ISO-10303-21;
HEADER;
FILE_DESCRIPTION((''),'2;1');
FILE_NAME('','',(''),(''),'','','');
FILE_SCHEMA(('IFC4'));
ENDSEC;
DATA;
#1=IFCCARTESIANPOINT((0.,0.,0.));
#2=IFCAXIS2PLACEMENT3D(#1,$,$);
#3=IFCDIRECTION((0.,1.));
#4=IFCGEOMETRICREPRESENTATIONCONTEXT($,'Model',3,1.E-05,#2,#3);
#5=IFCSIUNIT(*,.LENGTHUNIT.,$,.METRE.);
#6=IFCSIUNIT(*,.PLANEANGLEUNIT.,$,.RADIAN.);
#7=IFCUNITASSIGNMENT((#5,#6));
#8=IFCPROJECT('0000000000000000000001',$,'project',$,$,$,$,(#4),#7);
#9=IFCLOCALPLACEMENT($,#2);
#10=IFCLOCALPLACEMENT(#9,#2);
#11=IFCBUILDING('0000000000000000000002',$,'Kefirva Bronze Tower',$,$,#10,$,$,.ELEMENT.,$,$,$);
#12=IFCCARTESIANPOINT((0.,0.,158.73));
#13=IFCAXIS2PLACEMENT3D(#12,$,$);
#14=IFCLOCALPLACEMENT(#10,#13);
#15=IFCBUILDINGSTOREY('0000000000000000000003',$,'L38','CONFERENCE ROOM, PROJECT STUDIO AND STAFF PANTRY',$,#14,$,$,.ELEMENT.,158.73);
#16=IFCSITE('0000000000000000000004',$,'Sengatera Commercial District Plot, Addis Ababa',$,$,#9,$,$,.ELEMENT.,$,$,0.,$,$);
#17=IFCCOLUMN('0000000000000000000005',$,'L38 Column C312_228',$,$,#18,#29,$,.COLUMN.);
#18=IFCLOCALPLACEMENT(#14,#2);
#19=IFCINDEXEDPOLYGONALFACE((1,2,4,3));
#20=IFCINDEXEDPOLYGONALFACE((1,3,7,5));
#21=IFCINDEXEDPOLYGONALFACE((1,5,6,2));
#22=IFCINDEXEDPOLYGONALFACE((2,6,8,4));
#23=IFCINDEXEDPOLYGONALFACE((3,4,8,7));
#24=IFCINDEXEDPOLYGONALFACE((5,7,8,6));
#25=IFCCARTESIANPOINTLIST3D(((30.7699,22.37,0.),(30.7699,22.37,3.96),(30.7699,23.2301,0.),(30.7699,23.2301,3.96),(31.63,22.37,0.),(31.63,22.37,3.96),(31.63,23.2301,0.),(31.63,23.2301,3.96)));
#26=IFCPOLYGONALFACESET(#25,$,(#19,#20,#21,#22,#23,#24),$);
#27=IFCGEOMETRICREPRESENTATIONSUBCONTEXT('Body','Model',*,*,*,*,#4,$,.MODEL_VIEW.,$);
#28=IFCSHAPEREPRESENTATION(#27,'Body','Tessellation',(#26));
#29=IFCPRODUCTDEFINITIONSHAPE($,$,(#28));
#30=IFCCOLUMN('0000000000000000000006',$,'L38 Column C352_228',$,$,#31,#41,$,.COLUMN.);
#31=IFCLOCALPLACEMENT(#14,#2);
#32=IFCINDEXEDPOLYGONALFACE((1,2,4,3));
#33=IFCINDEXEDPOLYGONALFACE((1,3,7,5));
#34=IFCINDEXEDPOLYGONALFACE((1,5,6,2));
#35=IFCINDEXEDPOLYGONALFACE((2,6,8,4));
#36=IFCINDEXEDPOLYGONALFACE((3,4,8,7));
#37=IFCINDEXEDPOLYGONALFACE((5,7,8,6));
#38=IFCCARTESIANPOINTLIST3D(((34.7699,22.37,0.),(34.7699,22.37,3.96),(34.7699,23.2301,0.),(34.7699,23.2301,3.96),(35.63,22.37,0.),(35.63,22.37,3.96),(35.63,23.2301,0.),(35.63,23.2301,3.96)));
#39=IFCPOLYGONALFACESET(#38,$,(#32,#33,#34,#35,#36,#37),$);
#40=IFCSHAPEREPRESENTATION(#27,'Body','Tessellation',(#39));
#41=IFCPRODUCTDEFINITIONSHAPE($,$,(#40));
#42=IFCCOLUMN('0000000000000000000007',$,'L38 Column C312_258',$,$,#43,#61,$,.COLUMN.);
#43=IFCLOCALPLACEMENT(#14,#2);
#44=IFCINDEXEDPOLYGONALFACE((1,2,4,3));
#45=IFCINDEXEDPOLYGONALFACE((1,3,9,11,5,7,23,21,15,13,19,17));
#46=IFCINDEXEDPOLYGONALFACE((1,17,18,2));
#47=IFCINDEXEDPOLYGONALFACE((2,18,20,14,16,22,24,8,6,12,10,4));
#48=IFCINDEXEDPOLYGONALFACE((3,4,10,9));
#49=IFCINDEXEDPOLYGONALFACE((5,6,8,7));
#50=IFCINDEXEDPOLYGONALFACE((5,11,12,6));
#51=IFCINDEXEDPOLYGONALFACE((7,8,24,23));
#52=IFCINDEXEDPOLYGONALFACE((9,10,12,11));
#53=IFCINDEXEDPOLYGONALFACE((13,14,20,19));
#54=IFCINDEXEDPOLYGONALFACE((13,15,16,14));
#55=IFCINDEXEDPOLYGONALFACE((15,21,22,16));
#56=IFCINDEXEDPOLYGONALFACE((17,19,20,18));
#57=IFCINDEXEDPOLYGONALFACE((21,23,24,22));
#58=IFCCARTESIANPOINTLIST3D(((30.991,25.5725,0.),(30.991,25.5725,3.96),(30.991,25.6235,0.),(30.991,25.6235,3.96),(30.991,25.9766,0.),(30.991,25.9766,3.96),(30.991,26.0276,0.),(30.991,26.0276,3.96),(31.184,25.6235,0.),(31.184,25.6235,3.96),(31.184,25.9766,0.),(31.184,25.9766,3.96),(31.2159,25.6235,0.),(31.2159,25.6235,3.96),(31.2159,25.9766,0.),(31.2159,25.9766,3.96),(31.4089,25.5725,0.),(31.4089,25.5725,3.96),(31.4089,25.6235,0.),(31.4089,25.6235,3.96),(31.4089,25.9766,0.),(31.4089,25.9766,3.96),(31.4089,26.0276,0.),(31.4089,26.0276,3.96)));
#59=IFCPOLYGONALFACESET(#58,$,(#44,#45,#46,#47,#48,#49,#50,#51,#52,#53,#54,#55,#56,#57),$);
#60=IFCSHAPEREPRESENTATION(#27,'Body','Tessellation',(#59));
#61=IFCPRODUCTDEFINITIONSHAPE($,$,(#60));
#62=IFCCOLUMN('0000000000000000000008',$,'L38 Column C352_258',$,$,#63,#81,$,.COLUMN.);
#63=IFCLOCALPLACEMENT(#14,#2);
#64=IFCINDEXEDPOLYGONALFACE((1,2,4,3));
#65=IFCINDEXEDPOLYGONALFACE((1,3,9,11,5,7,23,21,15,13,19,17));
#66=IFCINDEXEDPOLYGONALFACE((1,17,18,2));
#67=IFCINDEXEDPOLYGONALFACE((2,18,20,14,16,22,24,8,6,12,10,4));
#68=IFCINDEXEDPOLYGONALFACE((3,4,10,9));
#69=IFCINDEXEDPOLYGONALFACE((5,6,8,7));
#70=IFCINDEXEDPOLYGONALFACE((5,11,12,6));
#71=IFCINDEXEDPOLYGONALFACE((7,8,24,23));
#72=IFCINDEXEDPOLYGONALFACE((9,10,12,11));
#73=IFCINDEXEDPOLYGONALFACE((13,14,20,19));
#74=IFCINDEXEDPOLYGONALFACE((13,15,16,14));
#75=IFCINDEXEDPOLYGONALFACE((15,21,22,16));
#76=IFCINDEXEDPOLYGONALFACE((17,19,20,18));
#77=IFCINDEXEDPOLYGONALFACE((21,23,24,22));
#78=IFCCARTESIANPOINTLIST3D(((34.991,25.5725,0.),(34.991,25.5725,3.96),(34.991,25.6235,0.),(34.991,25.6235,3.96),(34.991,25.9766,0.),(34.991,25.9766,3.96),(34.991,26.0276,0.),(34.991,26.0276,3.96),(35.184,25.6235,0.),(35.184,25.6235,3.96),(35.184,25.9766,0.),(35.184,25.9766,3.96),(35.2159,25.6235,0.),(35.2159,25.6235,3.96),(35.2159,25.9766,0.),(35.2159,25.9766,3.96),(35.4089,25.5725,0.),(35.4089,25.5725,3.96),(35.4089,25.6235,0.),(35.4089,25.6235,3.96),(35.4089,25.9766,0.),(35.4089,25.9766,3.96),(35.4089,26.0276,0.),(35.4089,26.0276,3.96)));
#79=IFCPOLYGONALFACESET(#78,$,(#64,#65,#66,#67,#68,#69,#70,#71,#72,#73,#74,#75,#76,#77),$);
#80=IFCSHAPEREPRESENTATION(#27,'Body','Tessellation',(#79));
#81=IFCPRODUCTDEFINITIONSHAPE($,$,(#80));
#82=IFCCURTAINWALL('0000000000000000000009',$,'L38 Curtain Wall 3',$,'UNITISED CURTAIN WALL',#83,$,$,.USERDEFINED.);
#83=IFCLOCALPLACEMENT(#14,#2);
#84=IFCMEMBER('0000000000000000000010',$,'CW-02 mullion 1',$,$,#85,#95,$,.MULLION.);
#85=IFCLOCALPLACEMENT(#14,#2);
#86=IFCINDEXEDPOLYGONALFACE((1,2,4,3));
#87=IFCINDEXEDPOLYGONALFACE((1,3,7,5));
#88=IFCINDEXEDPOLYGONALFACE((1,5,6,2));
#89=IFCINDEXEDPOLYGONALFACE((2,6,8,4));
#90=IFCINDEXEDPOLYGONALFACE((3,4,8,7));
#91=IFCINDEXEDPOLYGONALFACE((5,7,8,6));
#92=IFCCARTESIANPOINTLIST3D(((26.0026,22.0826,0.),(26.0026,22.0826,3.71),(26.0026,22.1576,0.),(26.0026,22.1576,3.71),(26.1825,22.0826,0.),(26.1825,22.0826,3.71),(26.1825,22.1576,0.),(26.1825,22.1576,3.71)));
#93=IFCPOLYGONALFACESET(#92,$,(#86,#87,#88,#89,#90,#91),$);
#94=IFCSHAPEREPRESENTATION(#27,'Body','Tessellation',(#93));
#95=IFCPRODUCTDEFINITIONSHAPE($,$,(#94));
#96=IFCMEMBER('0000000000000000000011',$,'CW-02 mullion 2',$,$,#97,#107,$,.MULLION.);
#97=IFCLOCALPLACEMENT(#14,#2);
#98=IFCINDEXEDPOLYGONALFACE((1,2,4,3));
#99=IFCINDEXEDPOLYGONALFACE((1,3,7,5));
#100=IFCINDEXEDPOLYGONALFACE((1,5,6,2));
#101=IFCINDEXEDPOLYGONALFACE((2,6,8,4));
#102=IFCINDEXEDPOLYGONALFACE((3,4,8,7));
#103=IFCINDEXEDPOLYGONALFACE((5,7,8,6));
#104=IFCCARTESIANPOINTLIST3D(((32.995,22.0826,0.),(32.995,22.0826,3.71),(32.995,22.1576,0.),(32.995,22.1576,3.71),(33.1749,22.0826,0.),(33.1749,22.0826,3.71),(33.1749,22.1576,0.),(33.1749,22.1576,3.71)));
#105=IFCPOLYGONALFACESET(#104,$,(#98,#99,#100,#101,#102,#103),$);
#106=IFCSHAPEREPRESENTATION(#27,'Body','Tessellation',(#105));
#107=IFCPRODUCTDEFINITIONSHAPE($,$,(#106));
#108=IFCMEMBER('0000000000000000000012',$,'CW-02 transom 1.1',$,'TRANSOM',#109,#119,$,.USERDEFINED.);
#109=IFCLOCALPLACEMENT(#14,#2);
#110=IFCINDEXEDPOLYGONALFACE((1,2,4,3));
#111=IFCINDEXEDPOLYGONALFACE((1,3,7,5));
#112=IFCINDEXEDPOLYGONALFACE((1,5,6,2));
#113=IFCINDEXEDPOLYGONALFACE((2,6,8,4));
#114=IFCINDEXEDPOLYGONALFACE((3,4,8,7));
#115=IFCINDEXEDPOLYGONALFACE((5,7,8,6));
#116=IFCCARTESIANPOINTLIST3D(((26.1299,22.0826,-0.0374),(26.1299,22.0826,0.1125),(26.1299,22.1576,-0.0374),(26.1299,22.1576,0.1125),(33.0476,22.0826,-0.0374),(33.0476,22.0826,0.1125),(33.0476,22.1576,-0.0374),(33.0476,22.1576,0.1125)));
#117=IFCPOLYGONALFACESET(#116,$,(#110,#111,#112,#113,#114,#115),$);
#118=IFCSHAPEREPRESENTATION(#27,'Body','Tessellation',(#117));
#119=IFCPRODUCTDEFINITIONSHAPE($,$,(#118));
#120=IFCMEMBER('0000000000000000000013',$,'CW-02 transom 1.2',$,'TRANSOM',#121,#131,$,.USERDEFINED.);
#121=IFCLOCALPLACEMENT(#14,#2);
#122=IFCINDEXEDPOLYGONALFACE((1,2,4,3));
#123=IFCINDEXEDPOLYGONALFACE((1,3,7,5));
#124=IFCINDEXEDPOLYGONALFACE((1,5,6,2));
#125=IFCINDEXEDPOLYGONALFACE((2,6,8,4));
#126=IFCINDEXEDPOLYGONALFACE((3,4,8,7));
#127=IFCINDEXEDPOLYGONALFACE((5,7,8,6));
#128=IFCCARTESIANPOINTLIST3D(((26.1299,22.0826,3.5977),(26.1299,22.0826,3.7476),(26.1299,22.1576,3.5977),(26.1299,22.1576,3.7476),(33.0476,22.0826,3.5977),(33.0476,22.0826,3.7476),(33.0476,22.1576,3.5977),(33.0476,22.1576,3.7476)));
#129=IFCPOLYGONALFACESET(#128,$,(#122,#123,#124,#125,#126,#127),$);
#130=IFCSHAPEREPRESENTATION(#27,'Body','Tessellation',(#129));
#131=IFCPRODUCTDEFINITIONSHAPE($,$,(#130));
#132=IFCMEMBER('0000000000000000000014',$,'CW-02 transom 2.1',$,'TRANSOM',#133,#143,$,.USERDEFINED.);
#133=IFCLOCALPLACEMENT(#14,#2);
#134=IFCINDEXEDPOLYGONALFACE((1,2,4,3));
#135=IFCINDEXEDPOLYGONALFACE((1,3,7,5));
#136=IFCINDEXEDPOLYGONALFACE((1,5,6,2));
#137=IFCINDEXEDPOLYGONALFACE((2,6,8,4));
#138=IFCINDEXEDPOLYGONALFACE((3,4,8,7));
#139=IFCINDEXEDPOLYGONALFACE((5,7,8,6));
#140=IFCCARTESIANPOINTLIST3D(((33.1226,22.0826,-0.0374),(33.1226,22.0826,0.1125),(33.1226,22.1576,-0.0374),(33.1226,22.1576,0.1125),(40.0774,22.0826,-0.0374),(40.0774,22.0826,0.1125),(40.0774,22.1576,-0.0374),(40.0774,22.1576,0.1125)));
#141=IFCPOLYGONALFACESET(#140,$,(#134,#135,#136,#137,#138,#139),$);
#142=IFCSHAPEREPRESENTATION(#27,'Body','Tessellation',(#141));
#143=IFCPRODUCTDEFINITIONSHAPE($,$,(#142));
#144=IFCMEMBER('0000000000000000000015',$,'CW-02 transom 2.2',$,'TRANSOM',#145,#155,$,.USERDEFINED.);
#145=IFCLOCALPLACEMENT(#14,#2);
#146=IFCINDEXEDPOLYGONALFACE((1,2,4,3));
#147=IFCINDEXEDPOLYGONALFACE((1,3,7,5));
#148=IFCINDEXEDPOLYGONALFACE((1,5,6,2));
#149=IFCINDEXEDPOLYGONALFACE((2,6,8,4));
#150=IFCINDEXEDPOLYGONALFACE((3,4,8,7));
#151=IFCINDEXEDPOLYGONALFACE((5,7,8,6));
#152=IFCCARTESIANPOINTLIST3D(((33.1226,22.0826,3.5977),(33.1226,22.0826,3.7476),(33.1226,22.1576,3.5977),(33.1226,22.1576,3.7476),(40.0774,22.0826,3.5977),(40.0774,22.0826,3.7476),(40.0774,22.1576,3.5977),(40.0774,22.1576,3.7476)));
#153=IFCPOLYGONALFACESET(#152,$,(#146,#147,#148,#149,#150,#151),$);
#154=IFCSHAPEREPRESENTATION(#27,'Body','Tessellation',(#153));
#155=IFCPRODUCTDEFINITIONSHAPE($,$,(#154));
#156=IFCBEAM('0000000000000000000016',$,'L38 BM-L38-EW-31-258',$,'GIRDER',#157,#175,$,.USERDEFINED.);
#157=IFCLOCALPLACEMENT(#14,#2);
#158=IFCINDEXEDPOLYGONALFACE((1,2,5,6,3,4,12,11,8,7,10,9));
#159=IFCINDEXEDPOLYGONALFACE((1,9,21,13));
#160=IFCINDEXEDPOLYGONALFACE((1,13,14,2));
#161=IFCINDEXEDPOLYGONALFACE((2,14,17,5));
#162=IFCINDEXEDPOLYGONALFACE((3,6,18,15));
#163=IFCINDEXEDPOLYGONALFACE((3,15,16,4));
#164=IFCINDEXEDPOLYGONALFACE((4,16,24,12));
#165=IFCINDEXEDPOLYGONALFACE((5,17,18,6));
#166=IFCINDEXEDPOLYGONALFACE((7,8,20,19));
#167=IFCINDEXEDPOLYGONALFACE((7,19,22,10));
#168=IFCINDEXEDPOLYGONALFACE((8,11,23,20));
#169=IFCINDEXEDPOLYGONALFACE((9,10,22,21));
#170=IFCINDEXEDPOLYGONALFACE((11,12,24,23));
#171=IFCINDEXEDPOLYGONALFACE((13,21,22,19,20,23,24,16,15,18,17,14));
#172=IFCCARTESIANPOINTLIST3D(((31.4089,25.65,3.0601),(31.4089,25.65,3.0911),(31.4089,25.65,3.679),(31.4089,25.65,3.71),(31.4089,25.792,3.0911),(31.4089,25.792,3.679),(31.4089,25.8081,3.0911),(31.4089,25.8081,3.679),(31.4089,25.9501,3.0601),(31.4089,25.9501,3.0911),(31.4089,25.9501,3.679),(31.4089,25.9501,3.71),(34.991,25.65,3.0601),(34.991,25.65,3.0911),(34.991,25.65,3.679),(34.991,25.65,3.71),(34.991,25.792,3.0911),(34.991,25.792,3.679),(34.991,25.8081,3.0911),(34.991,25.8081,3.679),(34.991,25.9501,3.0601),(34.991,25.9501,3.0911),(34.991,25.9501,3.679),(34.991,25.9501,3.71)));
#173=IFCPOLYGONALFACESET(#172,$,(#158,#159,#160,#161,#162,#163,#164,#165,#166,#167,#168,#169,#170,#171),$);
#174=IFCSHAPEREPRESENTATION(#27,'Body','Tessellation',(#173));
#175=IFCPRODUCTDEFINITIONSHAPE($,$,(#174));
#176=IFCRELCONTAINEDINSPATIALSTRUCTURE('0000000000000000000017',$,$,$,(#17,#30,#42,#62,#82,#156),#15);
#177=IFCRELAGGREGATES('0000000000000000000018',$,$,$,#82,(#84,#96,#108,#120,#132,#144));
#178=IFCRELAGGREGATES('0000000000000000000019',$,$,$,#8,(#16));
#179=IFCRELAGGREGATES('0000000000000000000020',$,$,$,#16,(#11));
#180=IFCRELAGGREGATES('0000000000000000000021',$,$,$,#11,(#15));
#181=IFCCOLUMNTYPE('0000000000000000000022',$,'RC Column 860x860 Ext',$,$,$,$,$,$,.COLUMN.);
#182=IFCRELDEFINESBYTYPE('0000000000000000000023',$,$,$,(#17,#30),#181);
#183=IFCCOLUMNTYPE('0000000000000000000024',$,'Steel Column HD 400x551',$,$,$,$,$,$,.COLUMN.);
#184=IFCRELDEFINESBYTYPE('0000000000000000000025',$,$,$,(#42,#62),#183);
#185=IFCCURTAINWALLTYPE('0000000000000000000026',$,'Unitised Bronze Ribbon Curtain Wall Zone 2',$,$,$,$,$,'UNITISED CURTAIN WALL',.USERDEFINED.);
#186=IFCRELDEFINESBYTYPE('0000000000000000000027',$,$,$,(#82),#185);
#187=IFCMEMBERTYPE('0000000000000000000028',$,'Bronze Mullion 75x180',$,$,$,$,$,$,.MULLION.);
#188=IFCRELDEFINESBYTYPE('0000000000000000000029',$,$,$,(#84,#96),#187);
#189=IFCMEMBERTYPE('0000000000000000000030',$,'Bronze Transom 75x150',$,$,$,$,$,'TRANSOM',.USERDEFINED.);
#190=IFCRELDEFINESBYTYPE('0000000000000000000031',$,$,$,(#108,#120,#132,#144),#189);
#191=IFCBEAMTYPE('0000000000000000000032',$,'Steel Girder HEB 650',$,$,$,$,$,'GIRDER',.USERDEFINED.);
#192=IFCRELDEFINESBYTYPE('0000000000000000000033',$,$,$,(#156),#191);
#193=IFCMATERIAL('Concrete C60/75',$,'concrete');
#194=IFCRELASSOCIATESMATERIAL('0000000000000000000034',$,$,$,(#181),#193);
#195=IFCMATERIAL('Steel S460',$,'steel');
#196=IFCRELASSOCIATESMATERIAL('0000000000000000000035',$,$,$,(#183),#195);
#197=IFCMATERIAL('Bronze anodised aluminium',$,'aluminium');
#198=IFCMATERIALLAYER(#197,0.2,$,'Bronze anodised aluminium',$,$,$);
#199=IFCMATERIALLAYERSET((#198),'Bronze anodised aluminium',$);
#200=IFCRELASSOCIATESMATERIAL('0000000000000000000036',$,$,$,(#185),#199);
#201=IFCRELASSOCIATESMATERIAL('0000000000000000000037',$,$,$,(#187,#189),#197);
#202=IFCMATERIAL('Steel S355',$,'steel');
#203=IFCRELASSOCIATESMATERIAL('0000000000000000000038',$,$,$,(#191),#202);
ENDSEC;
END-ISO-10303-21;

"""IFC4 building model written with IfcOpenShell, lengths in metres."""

from ifc_helpers import new_model, si_unit, direction, frame, origin, origin_2d, place, context, subcontext, project, spatial, rectangle, i_section, extrude, material, layer, layer_set, material_profile, profile_set, type_object, element, aggregate, save


model = new_model("IFC4")

# Units and contexts
model_context = context("Model", 3, precision=1e-05, world=origin(), true_north=direction((0.0, 1.0)))
body_context = subcontext(model_context, "Body", "Model", "MODEL_VIEW")
ifc_project = project(units=[si_unit("LENGTHUNIT", "METRE"), si_unit("PLANEANGLEUNIT", "RADIAN")], contexts=[model_context])

# Site, building, storey
site_placement = place(None, origin())
site = spatial("IfcSite", under=ifc_project, at=site_placement, Name="Sengatera Commercial District Plot, Addis Ababa", CompositionType="ELEMENT", RefElevation=0.0)
building_placement = place(site_placement, origin())
building = spatial("IfcBuilding", under=site, at=building_placement, Name="Kefirva Bronze Tower", CompositionType="ELEMENT")
storey_placement = place(building_placement, frame((0.0, 0.0, 158.73)))
storey = spatial("IfcBuildingStorey", under=building, at=storey_placement, Name="L38", Description="CONFERENCE ROOM, PROJECT STUDIO AND STAFF PANTRY", CompositionType="ELEMENT", Elevation=158.73)

# Columns
ifc_material_1 = material(Name="Concrete C60/75", Category="concrete")
ifc_material_profile_1 = material_profile(ifc_material_1, rectangle(XDim=0.8601, YDim=0.8601, at=origin_2d()), Name="RC 860x860")
ifc_profile_set_1 = profile_set([ifc_material_profile_1], Name="Concrete C60/75")
column_type_1 = type_object("IfcColumnType", Name="RC Column 860x860 Ext", PredefinedType="COLUMN", material=ifc_profile_set_1)
for number, where, z_axis, x_axis, name in (
    (1, (31.2, 22.8, 0.0), (0.0, 0.0, 1.0), (1.0, 0.0, 0.0), "L38 Column C312_228"),
    (2, (35.2, 22.8, 0.0), (0.0, 0.0, 1.0), (1.0, 0.0, 0.0), "L38 Column C352_228"),
):
    element("IfcColumn", number, at=place(storey_placement, frame(where, z_axis=z_axis, x_axis=x_axis)), inside=storey, type_object=column_type_1, Name=name, PredefinedType="COLUMN", context=body_context, shape_type="SweptSolid", body=[
        extrude(rectangle(XDim=0.8601, YDim=0.8601, at=origin_2d()), origin(), (0.0, 0.0, 1.0), 3.96),
    ])
ifc_material_2 = material(Name="Steel S460", Category="steel")
ifc_material_profile_2 = material_profile(ifc_material_2, i_section(OverallWidth=0.418, OverallDepth=0.4551, WebThickness=0.032, FlangeThickness=0.051, at=origin_2d()), Name="HD 400x551")
ifc_profile_set_2 = profile_set([ifc_material_profile_2], Name="Steel S460")
column_type_2 = type_object("IfcColumnType", Name="Steel Column HD 400x551", PredefinedType="COLUMN", material=ifc_profile_set_2)
for number, where, z_axis, x_axis, name in (
    (3, (31.2, 25.8, 0.0), (0.0, 0.0, 1.0), (1.0, 0.0, 0.0), "L38 Column C312_258"),
    (4, (35.2, 25.8, 0.0), (0.0, 0.0, 1.0), (1.0, 0.0, 0.0), "L38 Column C352_258"),
):
    element("IfcColumn", number, at=place(storey_placement, frame(where, z_axis=z_axis, x_axis=x_axis)), inside=storey, type_object=column_type_2, Name=name, PredefinedType="COLUMN", context=body_context, shape_type="SweptSolid", body=[
        extrude(i_section(OverallWidth=0.418, OverallDepth=0.4551, WebThickness=0.032, FlangeThickness=0.051, at=origin_2d()), origin(), (0.0, 0.0, 1.0), 3.96),
    ])

# Curtain wall, members
ifc_material_3 = material(Name="Bronze anodised aluminium", Category="aluminium")
ifc_layer_1 = layer(ifc_material_3, 0.2, Name="Bronze anodised aluminium")
ifc_layer_set_1 = layer_set([ifc_layer_1], Name="Bronze anodised aluminium")
curtain_wall_type = type_object("IfcCurtainWallType", Name="Unitised Bronze Ribbon Curtain Wall Zone 2", ElementType="UNITISED CURTAIN WALL", PredefinedType="USERDEFINED", material=ifc_layer_set_1)
curtain_wall_placement = place(storey_placement, origin())
curtain_wall = element("IfcCurtainWall", 5, at=curtain_wall_placement, inside=storey, type_object=curtain_wall_type, Name="L38 Curtain Wall 3", ObjectType="UNITISED CURTAIN WALL", PredefinedType="USERDEFINED")
ifc_material_profile_3 = material_profile(ifc_material_3, rectangle(XDim=0.075, YDim=0.1799, at=origin_2d()), Name="ALU 75x180")
ifc_profile_set_3 = profile_set([ifc_material_profile_3], Name="Bronze anodised aluminium")
member_type_1 = type_object("IfcMemberType", Name="Bronze Mullion 75x180", PredefinedType="MULLION", material=ifc_profile_set_3)
member_1_placement = place(storey_placement, frame((26.0925, 22.1201, 0.0), z_axis=(0.0, 0.0, 1.0), x_axis=(0.0, 1.0, 0.0)))
member_1 = element("IfcMember", 6, at=member_1_placement, type_object=member_type_1, Name="CW-02 mullion 1", PredefinedType="MULLION", context=body_context, shape_type="SweptSolid", body=[
    extrude(rectangle(XDim=0.075, YDim=0.1799, at=origin_2d()), origin(), (0.0, 0.0, 1.0), 3.71),
])
member_2_placement = place(storey_placement, frame((33.085, 22.1201, 0.0), z_axis=(0.0, 0.0, 1.0), x_axis=(0.0, 1.0, 0.0)))
member_2 = element("IfcMember", 7, at=member_2_placement, type_object=member_type_1, Name="CW-02 mullion 2", PredefinedType="MULLION", context=body_context, shape_type="SweptSolid", body=[
    extrude(rectangle(XDim=0.075, YDim=0.1799, at=origin_2d()), origin(), (0.0, 0.0, 1.0), 3.71),
])
ifc_material_profile_4 = material_profile(ifc_material_3, rectangle(XDim=0.075, YDim=0.1499, at=origin_2d()), Name="ALU 75x150")
ifc_profile_set_4 = profile_set([ifc_material_profile_4], Name="Bronze anodised aluminium")
member_type_2 = type_object("IfcMemberType", Name="Bronze Transom 75x150", ElementType="TRANSOM", PredefinedType="USERDEFINED", material=ifc_profile_set_4)
member_3_placement = place(storey_placement, frame((26.1299, 22.1201, 0.0376), z_axis=(1.0, 0.0, 0.0), x_axis=(0.0, 1.0, 0.0)))
member_3 = element("IfcMember", 8, at=member_3_placement, type_object=member_type_2, Name="CW-02 transom 1.1", ObjectType="TRANSOM", PredefinedType="USERDEFINED", context=body_context, shape_type="SweptSolid", body=[
    extrude(rectangle(XDim=0.075, YDim=0.1499, at=origin_2d()), origin(), (0.0, 0.0, 1.0), 6.9177),
])
member_4_placement = place(storey_placement, frame((26.1299, 22.1201, 3.6726), z_axis=(1.0, 0.0, 0.0), x_axis=(0.0, 1.0, 0.0)))
member_4 = element("IfcMember", 9, at=member_4_placement, type_object=member_type_2, Name="CW-02 transom 1.2", ObjectType="TRANSOM", PredefinedType="USERDEFINED", context=body_context, shape_type="SweptSolid", body=[
    extrude(rectangle(XDim=0.075, YDim=0.1499, at=origin_2d()), origin(), (0.0, 0.0, 1.0), 6.9177),
])
member_5_placement = place(storey_placement, frame((33.1226, 22.1201, 0.0376), z_axis=(1.0, 0.0, 0.0), x_axis=(0.0, 1.0, 0.0)))
member_5 = element("IfcMember", 10, at=member_5_placement, type_object=member_type_2, Name="CW-02 transom 2.1", ObjectType="TRANSOM", PredefinedType="USERDEFINED", context=body_context, shape_type="SweptSolid", body=[
    extrude(rectangle(XDim=0.075, YDim=0.1499, at=origin_2d()), origin(), (0.0, 0.0, 1.0), 6.9548),
])
member_6_placement = place(storey_placement, frame((33.1226, 22.1201, 3.6726), z_axis=(1.0, 0.0, 0.0), x_axis=(0.0, 1.0, 0.0)))
member_6 = element("IfcMember", 11, at=member_6_placement, type_object=member_type_2, Name="CW-02 transom 2.2", ObjectType="TRANSOM", PredefinedType="USERDEFINED", context=body_context, shape_type="SweptSolid", body=[
    extrude(rectangle(XDim=0.075, YDim=0.1499, at=origin_2d()), origin(), (0.0, 0.0, 1.0), 6.9548),
])

# Beam
ifc_material_4 = material(Name="Steel S355", Category="steel")
ifc_material_profile_5 = material_profile(ifc_material_4, i_section(OverallWidth=0.3, OverallDepth=0.6499, WebThickness=0.0161, FlangeThickness=0.031, at=origin_2d()), Name="HEB 650")
ifc_profile_set_5 = profile_set([ifc_material_profile_5], Name="Steel S355")
beam_type_1 = type_object("IfcBeamType", Name="Steel Girder HEB 650", ElementType="GIRDER", PredefinedType="USERDEFINED", material=ifc_profile_set_5)
beam_1_placement = place(storey_placement, frame((31.4089, 25.8, 3.385), z_axis=(1.0, 0.0, 0.0), x_axis=(0.0, 1.0, 0.0)))
element("IfcBeam", 12, at=beam_1_placement, inside=storey, type_object=beam_type_1, Name="L38 BM-L38-EW-31-258", ObjectType="GIRDER", PredefinedType="USERDEFINED", context=body_context, shape_type="SweptSolid", body=[
    extrude(i_section(OverallWidth=0.3, OverallDepth=0.6499, WebThickness=0.0161, FlangeThickness=0.031, at=origin_2d()), origin(), (0.0, 0.0, 1.0), 3.582),
])

aggregate(curtain_wall, [member_1, member_2, member_3, member_4, member_5, member_6])

save(model, "model.ifc")
